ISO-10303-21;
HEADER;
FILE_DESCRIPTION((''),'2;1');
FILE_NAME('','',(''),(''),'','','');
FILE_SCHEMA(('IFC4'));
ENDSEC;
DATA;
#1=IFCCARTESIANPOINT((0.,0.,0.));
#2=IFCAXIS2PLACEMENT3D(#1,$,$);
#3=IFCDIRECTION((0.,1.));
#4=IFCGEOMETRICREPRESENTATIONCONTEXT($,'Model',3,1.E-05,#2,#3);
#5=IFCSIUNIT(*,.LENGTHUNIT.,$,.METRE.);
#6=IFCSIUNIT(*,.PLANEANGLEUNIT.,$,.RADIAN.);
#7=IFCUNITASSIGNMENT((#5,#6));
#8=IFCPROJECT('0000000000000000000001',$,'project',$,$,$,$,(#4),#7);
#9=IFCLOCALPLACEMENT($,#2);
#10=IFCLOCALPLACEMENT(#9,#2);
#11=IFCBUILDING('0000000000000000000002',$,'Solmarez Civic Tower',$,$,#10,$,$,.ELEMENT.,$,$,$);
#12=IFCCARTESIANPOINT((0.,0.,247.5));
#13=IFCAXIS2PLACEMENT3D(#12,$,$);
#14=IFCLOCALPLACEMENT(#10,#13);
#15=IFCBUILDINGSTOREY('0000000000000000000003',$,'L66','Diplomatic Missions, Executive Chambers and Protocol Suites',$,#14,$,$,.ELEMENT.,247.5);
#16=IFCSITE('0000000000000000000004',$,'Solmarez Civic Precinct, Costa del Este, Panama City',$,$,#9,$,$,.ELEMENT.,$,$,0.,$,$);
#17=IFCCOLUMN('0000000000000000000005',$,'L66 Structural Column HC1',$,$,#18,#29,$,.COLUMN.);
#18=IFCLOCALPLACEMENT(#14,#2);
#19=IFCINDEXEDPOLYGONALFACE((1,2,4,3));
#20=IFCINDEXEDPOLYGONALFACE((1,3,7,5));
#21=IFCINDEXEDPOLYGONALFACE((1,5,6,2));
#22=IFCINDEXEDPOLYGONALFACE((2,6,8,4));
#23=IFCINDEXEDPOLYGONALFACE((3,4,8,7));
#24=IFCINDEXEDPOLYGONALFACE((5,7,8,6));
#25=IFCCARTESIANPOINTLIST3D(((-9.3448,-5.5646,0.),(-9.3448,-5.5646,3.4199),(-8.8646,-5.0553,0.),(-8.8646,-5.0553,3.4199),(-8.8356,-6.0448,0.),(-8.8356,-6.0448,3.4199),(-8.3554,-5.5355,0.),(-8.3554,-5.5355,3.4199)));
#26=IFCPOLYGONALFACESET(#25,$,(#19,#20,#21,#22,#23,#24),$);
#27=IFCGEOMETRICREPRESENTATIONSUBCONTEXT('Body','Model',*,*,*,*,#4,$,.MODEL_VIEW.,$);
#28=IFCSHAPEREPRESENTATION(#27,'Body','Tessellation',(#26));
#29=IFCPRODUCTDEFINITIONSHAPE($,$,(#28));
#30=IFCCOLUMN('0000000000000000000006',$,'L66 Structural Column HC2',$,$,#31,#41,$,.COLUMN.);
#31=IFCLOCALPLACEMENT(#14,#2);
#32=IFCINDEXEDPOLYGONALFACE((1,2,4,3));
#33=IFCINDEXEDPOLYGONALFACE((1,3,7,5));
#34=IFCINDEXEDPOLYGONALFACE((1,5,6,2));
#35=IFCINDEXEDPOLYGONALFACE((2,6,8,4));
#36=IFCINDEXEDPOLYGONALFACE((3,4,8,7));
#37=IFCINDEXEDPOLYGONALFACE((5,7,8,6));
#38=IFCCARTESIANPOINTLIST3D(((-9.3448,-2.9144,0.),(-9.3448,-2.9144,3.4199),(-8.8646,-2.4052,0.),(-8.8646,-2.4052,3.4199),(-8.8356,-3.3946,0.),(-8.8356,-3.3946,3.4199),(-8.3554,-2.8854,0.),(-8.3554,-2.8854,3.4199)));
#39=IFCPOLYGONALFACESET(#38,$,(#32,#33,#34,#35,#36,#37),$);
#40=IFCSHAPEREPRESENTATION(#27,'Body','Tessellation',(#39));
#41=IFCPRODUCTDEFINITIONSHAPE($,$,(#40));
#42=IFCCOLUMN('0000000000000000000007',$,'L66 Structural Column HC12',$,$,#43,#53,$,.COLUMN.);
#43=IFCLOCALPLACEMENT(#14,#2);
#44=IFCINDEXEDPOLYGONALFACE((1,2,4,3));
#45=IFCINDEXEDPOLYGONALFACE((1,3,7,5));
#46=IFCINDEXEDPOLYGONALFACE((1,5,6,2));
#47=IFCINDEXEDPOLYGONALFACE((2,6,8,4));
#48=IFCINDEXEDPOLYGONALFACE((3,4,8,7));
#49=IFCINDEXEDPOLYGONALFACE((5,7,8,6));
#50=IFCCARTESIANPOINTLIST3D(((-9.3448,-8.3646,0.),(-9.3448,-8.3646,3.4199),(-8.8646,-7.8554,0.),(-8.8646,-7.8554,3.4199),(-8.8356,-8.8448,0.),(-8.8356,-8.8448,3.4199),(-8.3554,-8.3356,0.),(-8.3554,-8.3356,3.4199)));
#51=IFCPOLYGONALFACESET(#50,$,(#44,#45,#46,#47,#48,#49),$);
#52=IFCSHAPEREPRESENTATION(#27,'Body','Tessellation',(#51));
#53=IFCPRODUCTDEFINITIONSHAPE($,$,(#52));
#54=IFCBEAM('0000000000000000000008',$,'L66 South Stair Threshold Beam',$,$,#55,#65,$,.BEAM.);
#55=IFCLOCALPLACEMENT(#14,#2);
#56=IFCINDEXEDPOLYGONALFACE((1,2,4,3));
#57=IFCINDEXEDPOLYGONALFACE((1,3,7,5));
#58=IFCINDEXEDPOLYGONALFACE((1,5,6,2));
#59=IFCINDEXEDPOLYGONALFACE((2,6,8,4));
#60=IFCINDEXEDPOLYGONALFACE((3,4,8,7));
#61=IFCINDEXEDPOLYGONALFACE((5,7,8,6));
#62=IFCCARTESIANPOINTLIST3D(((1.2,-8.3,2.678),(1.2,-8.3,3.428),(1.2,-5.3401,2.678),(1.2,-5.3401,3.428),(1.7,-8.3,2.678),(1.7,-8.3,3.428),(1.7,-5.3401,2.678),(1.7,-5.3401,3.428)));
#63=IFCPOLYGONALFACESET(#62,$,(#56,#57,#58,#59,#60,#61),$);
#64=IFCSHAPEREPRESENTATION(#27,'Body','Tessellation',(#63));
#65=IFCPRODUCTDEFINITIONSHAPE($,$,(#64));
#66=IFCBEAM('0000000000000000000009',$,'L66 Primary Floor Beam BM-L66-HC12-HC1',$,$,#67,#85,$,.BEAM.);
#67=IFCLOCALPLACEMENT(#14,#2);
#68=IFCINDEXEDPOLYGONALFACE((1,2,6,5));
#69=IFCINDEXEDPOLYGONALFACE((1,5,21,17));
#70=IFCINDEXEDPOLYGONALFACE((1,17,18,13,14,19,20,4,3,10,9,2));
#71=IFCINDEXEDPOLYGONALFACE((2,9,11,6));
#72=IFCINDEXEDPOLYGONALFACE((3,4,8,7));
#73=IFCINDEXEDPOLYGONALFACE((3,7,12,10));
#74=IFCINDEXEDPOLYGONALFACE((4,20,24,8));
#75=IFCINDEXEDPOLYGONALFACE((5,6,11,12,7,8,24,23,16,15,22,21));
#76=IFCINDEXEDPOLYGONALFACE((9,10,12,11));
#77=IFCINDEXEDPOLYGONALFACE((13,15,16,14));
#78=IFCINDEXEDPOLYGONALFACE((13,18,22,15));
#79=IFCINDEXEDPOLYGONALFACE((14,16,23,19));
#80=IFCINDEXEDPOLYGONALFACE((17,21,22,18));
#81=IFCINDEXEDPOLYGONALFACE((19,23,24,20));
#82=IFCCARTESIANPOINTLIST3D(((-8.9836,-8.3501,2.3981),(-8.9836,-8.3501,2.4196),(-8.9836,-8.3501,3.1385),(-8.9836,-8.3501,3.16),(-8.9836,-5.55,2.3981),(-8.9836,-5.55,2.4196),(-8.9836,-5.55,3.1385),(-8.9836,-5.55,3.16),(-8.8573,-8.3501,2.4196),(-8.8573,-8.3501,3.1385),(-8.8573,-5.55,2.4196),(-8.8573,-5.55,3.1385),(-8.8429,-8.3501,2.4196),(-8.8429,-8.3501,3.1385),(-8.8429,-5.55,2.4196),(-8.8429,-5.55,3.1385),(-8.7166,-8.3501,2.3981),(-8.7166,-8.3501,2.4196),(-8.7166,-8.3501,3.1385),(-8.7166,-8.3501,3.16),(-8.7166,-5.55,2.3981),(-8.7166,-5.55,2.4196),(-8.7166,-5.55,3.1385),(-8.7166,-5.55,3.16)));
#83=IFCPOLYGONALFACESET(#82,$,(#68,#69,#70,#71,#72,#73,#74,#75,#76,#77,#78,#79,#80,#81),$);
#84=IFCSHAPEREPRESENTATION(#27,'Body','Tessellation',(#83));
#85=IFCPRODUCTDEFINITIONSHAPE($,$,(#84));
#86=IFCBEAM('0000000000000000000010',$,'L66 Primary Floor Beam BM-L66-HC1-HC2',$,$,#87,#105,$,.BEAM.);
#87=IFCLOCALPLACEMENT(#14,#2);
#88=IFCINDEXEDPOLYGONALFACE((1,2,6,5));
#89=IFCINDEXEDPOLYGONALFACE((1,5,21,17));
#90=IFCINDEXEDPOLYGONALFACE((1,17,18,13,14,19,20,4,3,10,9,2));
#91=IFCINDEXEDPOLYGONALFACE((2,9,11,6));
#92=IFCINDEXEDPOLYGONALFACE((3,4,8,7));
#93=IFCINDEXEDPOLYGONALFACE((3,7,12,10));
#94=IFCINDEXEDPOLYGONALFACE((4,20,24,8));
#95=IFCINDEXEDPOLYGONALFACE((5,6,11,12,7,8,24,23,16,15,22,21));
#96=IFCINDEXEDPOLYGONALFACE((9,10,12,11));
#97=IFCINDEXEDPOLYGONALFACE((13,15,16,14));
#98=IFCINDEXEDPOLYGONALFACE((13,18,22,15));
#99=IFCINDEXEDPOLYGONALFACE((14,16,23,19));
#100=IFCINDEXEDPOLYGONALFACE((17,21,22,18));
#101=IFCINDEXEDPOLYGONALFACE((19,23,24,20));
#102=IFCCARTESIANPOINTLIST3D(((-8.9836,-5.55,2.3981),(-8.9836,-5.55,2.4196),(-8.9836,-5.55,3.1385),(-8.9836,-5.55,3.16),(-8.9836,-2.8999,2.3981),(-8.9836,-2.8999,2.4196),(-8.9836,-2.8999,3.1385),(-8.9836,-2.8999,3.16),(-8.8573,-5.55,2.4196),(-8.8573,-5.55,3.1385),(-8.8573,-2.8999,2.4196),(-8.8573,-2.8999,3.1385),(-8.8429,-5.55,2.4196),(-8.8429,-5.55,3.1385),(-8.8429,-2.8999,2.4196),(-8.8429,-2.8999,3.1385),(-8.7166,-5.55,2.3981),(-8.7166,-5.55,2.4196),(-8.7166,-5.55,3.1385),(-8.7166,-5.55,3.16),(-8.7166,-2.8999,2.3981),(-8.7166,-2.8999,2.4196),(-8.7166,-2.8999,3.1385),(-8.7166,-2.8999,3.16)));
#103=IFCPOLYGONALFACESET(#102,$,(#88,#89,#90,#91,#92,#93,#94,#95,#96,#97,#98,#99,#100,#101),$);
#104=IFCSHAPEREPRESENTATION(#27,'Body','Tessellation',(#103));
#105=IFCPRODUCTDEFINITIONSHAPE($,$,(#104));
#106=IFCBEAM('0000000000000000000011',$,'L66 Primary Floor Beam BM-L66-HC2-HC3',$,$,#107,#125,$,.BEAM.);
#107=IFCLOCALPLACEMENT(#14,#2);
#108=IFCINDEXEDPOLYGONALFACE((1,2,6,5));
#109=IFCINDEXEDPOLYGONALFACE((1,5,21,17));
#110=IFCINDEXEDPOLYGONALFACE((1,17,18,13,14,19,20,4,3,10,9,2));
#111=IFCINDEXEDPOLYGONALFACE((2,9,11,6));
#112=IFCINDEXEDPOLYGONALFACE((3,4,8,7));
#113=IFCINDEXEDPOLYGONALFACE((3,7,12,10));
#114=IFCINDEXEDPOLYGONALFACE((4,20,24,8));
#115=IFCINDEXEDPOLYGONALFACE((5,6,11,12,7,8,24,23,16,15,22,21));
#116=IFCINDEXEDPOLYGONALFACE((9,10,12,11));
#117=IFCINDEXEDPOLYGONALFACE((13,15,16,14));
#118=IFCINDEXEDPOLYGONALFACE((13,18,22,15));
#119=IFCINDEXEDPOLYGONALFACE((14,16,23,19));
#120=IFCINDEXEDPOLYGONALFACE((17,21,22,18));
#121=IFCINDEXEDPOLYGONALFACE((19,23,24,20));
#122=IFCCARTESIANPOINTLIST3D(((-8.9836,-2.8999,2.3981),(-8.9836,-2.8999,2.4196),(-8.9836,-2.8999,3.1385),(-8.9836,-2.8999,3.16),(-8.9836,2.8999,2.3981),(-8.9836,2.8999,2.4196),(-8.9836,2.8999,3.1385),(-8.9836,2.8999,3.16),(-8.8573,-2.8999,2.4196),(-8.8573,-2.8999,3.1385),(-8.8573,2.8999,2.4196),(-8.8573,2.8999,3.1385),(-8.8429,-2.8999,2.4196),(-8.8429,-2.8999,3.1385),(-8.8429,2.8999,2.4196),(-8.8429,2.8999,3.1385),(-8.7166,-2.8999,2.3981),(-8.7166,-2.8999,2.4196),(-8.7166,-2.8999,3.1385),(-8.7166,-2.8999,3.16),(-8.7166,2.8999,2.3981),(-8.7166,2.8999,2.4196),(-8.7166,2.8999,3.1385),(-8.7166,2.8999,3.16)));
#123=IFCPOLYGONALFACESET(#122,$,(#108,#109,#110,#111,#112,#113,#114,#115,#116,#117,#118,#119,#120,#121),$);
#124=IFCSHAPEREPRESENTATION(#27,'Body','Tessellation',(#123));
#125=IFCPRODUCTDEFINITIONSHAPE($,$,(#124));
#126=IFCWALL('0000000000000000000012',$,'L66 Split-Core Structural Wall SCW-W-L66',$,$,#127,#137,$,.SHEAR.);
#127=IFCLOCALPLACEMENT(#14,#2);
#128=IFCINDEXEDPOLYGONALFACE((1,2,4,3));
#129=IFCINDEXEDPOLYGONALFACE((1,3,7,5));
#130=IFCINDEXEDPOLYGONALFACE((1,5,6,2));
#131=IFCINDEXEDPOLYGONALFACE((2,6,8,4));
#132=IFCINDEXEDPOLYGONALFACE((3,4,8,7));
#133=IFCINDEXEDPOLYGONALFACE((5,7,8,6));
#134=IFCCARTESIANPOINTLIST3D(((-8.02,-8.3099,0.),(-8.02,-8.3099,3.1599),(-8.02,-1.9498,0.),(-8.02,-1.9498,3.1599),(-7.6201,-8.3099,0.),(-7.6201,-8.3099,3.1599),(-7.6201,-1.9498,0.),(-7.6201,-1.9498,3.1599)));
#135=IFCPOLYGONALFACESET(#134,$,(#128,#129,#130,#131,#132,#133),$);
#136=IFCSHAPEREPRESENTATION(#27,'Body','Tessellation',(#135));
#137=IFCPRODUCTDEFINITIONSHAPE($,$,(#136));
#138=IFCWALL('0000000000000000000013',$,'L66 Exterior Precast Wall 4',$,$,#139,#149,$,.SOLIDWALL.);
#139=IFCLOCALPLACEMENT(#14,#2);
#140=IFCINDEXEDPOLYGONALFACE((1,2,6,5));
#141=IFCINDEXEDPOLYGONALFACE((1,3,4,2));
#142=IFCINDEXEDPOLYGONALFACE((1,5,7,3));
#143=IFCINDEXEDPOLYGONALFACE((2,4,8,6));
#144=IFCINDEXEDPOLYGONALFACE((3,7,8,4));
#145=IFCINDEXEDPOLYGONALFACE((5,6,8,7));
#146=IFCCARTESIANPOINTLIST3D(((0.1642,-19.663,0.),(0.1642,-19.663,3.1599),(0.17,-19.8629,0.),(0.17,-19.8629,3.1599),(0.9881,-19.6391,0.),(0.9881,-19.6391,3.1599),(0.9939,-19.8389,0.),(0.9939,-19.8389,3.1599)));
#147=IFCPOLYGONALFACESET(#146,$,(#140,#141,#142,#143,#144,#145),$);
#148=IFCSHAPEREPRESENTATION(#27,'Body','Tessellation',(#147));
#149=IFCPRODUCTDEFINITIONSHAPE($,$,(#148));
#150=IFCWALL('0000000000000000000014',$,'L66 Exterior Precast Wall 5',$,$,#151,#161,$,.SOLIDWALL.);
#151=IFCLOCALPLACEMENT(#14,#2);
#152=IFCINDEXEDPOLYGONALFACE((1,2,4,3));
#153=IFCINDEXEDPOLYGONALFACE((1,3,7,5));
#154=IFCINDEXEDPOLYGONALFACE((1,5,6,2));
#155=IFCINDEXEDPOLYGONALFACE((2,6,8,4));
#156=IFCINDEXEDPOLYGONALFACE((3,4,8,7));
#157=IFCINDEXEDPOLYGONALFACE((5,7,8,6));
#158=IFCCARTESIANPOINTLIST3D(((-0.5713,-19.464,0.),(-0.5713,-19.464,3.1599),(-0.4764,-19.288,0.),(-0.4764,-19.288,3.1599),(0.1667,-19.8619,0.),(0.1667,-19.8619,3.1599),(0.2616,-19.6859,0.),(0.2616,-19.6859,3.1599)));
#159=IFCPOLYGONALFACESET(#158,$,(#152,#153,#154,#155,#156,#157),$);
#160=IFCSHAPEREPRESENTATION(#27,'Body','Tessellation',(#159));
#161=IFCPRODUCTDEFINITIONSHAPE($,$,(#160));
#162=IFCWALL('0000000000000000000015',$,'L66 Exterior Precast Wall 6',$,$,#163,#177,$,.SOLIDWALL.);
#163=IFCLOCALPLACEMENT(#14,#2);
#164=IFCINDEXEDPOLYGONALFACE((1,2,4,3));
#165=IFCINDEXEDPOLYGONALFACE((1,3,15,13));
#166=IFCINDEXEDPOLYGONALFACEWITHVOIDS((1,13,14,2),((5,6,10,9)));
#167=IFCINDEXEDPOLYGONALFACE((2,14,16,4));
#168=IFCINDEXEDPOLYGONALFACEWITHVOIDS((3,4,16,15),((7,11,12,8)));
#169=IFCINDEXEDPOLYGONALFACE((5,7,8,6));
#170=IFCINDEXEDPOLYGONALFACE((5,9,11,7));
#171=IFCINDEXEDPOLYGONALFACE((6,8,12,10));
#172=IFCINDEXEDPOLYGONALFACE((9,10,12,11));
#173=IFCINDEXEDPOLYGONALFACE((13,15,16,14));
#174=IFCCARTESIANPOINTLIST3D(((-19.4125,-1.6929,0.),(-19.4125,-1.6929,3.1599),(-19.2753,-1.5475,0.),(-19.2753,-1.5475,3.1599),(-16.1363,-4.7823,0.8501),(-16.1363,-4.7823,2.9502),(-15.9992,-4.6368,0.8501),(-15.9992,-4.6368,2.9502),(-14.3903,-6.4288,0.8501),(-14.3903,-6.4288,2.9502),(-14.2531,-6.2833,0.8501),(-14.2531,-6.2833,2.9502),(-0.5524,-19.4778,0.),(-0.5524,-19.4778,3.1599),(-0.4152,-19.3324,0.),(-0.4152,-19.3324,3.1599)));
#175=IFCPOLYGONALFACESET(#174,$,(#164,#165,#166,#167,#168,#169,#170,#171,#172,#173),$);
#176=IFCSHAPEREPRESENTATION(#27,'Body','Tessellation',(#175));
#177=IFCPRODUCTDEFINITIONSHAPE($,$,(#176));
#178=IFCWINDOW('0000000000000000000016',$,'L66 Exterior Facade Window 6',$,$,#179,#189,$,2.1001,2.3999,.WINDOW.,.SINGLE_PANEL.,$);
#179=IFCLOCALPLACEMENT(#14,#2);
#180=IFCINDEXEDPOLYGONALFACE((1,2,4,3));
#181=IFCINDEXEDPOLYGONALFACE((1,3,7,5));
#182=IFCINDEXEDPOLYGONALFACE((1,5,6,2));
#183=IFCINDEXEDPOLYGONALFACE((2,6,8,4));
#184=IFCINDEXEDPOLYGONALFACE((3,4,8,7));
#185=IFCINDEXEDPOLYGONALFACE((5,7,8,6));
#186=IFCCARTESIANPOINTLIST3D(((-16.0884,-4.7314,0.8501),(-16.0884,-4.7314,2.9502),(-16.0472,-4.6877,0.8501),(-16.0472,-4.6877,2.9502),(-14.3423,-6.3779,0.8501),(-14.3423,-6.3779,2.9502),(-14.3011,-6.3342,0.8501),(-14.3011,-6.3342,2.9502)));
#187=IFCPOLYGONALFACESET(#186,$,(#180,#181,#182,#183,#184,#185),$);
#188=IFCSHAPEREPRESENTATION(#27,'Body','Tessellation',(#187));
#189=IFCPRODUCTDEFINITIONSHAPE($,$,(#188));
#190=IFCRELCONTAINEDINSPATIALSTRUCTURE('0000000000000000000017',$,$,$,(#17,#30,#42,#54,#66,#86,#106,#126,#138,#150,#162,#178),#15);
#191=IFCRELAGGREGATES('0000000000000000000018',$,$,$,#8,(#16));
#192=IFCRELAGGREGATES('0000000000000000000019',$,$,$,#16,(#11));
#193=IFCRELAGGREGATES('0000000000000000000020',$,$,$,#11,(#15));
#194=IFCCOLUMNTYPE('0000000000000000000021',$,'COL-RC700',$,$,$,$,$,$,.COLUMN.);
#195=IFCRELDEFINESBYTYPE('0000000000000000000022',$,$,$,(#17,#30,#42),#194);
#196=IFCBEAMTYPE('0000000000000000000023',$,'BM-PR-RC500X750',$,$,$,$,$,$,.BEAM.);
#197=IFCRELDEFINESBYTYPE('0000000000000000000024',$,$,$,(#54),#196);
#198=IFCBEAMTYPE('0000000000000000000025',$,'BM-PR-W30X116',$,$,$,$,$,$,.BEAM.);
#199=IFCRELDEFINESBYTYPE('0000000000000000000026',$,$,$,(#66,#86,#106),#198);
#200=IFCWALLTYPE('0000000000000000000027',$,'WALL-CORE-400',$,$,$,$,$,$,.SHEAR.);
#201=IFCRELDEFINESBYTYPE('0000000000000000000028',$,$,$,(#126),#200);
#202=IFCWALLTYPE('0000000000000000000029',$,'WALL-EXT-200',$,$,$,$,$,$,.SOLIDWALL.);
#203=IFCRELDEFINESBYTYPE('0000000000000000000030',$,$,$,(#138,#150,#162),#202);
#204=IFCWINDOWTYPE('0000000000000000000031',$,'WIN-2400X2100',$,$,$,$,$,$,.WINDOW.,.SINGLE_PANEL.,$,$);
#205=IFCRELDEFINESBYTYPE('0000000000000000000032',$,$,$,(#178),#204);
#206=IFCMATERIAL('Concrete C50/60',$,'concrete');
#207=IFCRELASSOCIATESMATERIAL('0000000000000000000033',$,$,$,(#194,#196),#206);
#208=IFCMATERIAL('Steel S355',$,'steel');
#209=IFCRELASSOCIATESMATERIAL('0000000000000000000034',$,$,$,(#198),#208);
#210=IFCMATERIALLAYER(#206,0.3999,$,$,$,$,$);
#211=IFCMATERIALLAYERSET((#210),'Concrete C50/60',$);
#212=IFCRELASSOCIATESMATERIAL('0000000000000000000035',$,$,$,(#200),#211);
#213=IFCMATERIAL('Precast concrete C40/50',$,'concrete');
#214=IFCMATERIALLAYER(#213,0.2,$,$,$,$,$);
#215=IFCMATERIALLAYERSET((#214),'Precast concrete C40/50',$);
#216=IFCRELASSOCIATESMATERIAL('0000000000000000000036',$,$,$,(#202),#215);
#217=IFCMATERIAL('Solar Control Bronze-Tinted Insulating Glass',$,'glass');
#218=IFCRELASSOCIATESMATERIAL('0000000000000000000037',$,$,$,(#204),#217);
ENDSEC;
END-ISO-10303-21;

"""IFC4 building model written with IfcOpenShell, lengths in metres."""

from ifc_helpers import new_model, si_unit, direction, frame, frame_2d, origin, origin_2d, place, context, subcontext, project, spatial, rectangle, i_section, extrude, material, layer, layer_set, material_profile, profile_set, type_object, element, fill, save


model = new_model("IFC4")

# Units and contexts
model_context = context("Model", 3, precision=1e-05, world=origin(), true_north=direction((0.0, 1.0)))
body_context = subcontext(model_context, "Body", "Model", "MODEL_VIEW")
ifc_project = project(units=[si_unit("LENGTHUNIT", "METRE"), si_unit("PLANEANGLEUNIT", "RADIAN")], contexts=[model_context])

# Site, building, storey
site_placement = place(None, origin())
site = spatial("IfcSite", under=ifc_project, at=site_placement, Name="Solmarez Civic Precinct, Costa del Este, Panama City", CompositionType="ELEMENT", RefElevation=0.0)
building_placement = place(site_placement, origin())
building = spatial("IfcBuilding", under=site, at=building_placement, Name="Solmarez Civic Tower", CompositionType="ELEMENT")
storey_placement = place(building_placement, frame((0.0, 0.0, 247.5)))
storey = spatial("IfcBuildingStorey", under=building, at=storey_placement, Name="L66", Description="Diplomatic Missions, Executive Chambers and Protocol Suites", CompositionType="ELEMENT", Elevation=247.5)

# Columns
ifc_material_1 = material(Name="Concrete C50/60", Category="concrete")
ifc_material_profile_1 = material_profile(ifc_material_1, rectangle(XDim=0.7, YDim=0.7, at=origin_2d()), Name="RC700X700")
ifc_profile_set_1 = profile_set([ifc_material_profile_1], Name="Concrete C50/60")
column_type = type_object("IfcColumnType", Name="COL-RC700", PredefinedType="COLUMN", material=ifc_profile_set_1)
for number, where, z_axis, x_axis, name in (
    (1, (-8.8501, -5.55, 0.0), (0.0, 0.0, 1.0), (0.686072, 0.727533, 0.0), "L66 Structural Column HC1"),
    (2, (-8.8501, -2.8999, 0.0), (0.0, 0.0, 1.0), (0.686072, 0.727533, 0.0), "L66 Structural Column HC2"),
    (3, (-8.8501, -8.3501, 0.0), (0.0, 0.0, 1.0), (0.686072, 0.727533, 0.0), "L66 Structural Column HC12"),
):
    element("IfcColumn", number, at=place(storey_placement, frame(where, z_axis=z_axis, x_axis=x_axis)), inside=storey, type_object=column_type, Name=name, PredefinedType="COLUMN", context=body_context, shape_type="SweptSolid", body=[
        extrude(rectangle(XDim=0.7, YDim=0.7, at=origin_2d()), origin(), (0.0, 0.0, 1.0), 3.4199),
    ])

# Beams
ifc_material_profile_2 = material_profile(ifc_material_1, rectangle(XDim=0.5, YDim=0.75, at=origin_2d()), Name="RC500X750")
ifc_profile_set_2 = profile_set([ifc_material_profile_2], Name="Concrete C50/60")
beam_type_1 = type_object("IfcBeamType", Name="BM-PR-RC500X750", PredefinedType="BEAM", material=ifc_profile_set_2)
beam_1_placement = place(storey_placement, frame((1.45, -8.3, 3.053), z_axis=(0.0, 1.0, 0.0), x_axis=(-1.0, 0.0, 0.0)))
element("IfcBeam", 4, at=beam_1_placement, inside=storey, type_object=beam_type_1, Name="L66 South Stair Threshold Beam", PredefinedType="BEAM", context=body_context, shape_type="SweptSolid", body=[
    extrude(rectangle(XDim=0.5, YDim=0.75, at=origin_2d()), origin(), (0.0, 0.0, 1.0), 2.96),
])
ifc_material_2 = material(Name="Steel S355", Category="steel")
ifc_material_profile_3 = material_profile(ifc_material_2, i_section(OverallWidth=0.2671, OverallDepth=0.762, WebThickness=0.0144, FlangeThickness=0.0215, at=origin_2d()), Name="W30X116")
ifc_profile_set_3 = profile_set([ifc_material_profile_3], Name="Steel S355")
beam_type_2 = type_object("IfcBeamType", Name="BM-PR-W30X116", PredefinedType="BEAM", material=ifc_profile_set_3)
beam_2_placement = place(storey_placement, frame((-8.8501, -8.3501, 2.7791), z_axis=(0.0, 1.0, 0.0), x_axis=(-1.0, 0.0, 0.0)))
element("IfcBeam", 5, at=beam_2_placement, inside=storey, type_object=beam_type_2, Name="L66 Primary Floor Beam BM-L66-HC12-HC1", PredefinedType="BEAM", context=body_context, shape_type="SweptSolid", body=[
    extrude(i_section(OverallWidth=0.2671, OverallDepth=0.762, WebThickness=0.0144, FlangeThickness=0.0215, at=origin_2d()), origin(), (0.0, 0.0, 1.0), 2.8),
])
beam_3_placement = place(storey_placement, frame((-8.8501, -5.55, 2.7791), z_axis=(0.0, 1.0, 0.0), x_axis=(-1.0, 0.0, 0.0)))
element("IfcBeam", 6, at=beam_3_placement, inside=storey, type_object=beam_type_2, Name="L66 Primary Floor Beam BM-L66-HC1-HC2", PredefinedType="BEAM", context=body_context, shape_type="SweptSolid", body=[
    extrude(i_section(OverallWidth=0.2671, OverallDepth=0.762, WebThickness=0.0144, FlangeThickness=0.0215, at=origin_2d()), origin(), (0.0, 0.0, 1.0), 2.6501),
])
beam_4_placement = place(storey_placement, frame((-8.8501, -2.8999, 2.7791), z_axis=(0.0, 1.0, 0.0), x_axis=(-1.0, 0.0, 0.0)))
element("IfcBeam", 7, at=beam_4_placement, inside=storey, type_object=beam_type_2, Name="L66 Primary Floor Beam BM-L66-HC2-HC3", PredefinedType="BEAM", context=body_context, shape_type="SweptSolid", body=[
    extrude(i_section(OverallWidth=0.2671, OverallDepth=0.762, WebThickness=0.0144, FlangeThickness=0.0215, at=origin_2d()), origin(), (0.0, 0.0, 1.0), 5.7998),
])

# Walls
ifc_layer_1 = layer(ifc_material_1, 0.3999)
ifc_layer_set_1 = layer_set([ifc_layer_1], Name="Concrete C50/60")
wall_type_1 = type_object("IfcWallType", Name="WALL-CORE-400", PredefinedType="SHEAR", material=ifc_layer_set_1)
wall_1_placement = place(storey_placement, frame((-7.8201, -8.3101, 0.0), z_axis=(0.0, 0.0, 1.0), x_axis=(0.0, 1.0, 0.0)))
element("IfcWall", 8, at=wall_1_placement, inside=storey, type_object=wall_type_1, Name="L66 Split-Core Structural Wall SCW-W-L66", PredefinedType="SHEAR", context=body_context, shape_type="SweptSolid", body=[
    extrude(rectangle(XDim=6.3601, YDim=0.3999, at=frame_2d((3.1802, 0.0))), origin(), (0.0, 0.0, 1.0), 3.1599),
])
ifc_material_3 = material(Name="Precast concrete C40/50", Category="concrete")
ifc_layer_2 = layer(ifc_material_3, 0.2)
ifc_layer_set_2 = layer_set([ifc_layer_2], Name="Precast concrete C40/50")
wall_type_2 = type_object("IfcWallType", Name="WALL-EXT-200", PredefinedType="SOLIDWALL", material=ifc_layer_set_2)
wall_2_placement = place(storey_placement, frame((0.991, -19.739, 0.0), z_axis=(0.0, 0.0, 1.0), x_axis=(-0.999579, -0.029025, 0.0)))
element("IfcWall", 9, at=wall_2_placement, inside=storey, type_object=wall_type_2, Name="L66 Exterior Precast Wall 4", PredefinedType="SOLIDWALL", context=body_context, shape_type="SweptSolid", body=[
    extrude(rectangle(XDim=0.8242, YDim=0.2, at=frame_2d((0.4121, 0.0))), origin(), (0.0, 0.0, 1.0), 3.1599),
])
wall_3_placement = place(storey_placement, frame((0.2141, -19.7739, 0.0), z_axis=(0.0, 0.0, 1.0), x_axis=(-0.8802, 0.474603, 0.0)))
element("IfcWall", 10, at=wall_3_placement, inside=storey, type_object=wall_type_2, Name="L66 Exterior Precast Wall 5", PredefinedType="SOLIDWALL", context=body_context, shape_type="SweptSolid", body=[
    extrude(rectangle(XDim=0.8384, YDim=0.2, at=frame_2d((0.4192, 0.0))), origin(), (0.0, 0.0, 1.0), 3.1599),
])

# Wall, opening, window
wall_4_placement = place(storey_placement, frame((-0.4839, -19.405, 0.0), z_axis=(0.0, 0.0, 1.0), x_axis=(-0.727541, 0.686064, 0.0)))
wall_4 = element("IfcWall", 11, at=wall_4_placement, inside=storey, type_object=wall_type_2, Name="L66 Exterior Precast Wall 6", PredefinedType="SOLIDWALL", context=body_context, shape_type="SweptSolid", body=[
    extrude(rectangle(XDim=25.9231, YDim=0.2, at=frame_2d((12.9614, 0.0))), origin(), (0.0, 0.0, 1.0), 3.1599),
])
opening_1_placement = place(wall_4_placement, frame((19.02, 0.0, 0.8501)))
opening_1 = element("IfcOpeningElement", 12, at=opening_1_placement, cuts=wall_4, PredefinedType="OPENING", context=body_context, shape_type="SweptSolid", body=[
    extrude(rectangle(XDim=2.3999, YDim=2.1001, at=frame_2d((1.2, 1.05))), frame((0.0, 0.1099, 0.0), z_axis=(0.0, -1.0, 0.0), x_axis=(1.0, 0.0, 0.0)), (0.0, 0.0, 1.0), 0.22),
])
ifc_material_4 = material(Name="Solar Control Bronze-Tinted Insulating Glass", Category="glass")
window_type = type_object("IfcWindowType", Name="WIN-2400X2100", PartitioningType="SINGLE_PANEL", PredefinedType="WINDOW", material=ifc_material_4)
window_placement = place(opening_1_placement, origin())
window = element("IfcWindow", 13, at=window_placement, inside=storey, type_object=window_type, Name="L66 Exterior Facade Window 6", OverallHeight=2.1001, OverallWidth=2.3999, PartitioningType="SINGLE_PANEL", PredefinedType="WINDOW", context=body_context, shape_type="SweptSolid", body=[
    extrude(rectangle(XDim=2.3999, YDim=2.1001, at=frame_2d((1.2, 1.05))), frame((0.0, 0.03, 0.0), z_axis=(0.0, -1.0, 0.0), x_axis=(1.0, 0.0, 0.0)), (0.0, 0.0, 1.0), 0.0601),
])
fill(opening_1, window)

save(model, "model.ifc")
